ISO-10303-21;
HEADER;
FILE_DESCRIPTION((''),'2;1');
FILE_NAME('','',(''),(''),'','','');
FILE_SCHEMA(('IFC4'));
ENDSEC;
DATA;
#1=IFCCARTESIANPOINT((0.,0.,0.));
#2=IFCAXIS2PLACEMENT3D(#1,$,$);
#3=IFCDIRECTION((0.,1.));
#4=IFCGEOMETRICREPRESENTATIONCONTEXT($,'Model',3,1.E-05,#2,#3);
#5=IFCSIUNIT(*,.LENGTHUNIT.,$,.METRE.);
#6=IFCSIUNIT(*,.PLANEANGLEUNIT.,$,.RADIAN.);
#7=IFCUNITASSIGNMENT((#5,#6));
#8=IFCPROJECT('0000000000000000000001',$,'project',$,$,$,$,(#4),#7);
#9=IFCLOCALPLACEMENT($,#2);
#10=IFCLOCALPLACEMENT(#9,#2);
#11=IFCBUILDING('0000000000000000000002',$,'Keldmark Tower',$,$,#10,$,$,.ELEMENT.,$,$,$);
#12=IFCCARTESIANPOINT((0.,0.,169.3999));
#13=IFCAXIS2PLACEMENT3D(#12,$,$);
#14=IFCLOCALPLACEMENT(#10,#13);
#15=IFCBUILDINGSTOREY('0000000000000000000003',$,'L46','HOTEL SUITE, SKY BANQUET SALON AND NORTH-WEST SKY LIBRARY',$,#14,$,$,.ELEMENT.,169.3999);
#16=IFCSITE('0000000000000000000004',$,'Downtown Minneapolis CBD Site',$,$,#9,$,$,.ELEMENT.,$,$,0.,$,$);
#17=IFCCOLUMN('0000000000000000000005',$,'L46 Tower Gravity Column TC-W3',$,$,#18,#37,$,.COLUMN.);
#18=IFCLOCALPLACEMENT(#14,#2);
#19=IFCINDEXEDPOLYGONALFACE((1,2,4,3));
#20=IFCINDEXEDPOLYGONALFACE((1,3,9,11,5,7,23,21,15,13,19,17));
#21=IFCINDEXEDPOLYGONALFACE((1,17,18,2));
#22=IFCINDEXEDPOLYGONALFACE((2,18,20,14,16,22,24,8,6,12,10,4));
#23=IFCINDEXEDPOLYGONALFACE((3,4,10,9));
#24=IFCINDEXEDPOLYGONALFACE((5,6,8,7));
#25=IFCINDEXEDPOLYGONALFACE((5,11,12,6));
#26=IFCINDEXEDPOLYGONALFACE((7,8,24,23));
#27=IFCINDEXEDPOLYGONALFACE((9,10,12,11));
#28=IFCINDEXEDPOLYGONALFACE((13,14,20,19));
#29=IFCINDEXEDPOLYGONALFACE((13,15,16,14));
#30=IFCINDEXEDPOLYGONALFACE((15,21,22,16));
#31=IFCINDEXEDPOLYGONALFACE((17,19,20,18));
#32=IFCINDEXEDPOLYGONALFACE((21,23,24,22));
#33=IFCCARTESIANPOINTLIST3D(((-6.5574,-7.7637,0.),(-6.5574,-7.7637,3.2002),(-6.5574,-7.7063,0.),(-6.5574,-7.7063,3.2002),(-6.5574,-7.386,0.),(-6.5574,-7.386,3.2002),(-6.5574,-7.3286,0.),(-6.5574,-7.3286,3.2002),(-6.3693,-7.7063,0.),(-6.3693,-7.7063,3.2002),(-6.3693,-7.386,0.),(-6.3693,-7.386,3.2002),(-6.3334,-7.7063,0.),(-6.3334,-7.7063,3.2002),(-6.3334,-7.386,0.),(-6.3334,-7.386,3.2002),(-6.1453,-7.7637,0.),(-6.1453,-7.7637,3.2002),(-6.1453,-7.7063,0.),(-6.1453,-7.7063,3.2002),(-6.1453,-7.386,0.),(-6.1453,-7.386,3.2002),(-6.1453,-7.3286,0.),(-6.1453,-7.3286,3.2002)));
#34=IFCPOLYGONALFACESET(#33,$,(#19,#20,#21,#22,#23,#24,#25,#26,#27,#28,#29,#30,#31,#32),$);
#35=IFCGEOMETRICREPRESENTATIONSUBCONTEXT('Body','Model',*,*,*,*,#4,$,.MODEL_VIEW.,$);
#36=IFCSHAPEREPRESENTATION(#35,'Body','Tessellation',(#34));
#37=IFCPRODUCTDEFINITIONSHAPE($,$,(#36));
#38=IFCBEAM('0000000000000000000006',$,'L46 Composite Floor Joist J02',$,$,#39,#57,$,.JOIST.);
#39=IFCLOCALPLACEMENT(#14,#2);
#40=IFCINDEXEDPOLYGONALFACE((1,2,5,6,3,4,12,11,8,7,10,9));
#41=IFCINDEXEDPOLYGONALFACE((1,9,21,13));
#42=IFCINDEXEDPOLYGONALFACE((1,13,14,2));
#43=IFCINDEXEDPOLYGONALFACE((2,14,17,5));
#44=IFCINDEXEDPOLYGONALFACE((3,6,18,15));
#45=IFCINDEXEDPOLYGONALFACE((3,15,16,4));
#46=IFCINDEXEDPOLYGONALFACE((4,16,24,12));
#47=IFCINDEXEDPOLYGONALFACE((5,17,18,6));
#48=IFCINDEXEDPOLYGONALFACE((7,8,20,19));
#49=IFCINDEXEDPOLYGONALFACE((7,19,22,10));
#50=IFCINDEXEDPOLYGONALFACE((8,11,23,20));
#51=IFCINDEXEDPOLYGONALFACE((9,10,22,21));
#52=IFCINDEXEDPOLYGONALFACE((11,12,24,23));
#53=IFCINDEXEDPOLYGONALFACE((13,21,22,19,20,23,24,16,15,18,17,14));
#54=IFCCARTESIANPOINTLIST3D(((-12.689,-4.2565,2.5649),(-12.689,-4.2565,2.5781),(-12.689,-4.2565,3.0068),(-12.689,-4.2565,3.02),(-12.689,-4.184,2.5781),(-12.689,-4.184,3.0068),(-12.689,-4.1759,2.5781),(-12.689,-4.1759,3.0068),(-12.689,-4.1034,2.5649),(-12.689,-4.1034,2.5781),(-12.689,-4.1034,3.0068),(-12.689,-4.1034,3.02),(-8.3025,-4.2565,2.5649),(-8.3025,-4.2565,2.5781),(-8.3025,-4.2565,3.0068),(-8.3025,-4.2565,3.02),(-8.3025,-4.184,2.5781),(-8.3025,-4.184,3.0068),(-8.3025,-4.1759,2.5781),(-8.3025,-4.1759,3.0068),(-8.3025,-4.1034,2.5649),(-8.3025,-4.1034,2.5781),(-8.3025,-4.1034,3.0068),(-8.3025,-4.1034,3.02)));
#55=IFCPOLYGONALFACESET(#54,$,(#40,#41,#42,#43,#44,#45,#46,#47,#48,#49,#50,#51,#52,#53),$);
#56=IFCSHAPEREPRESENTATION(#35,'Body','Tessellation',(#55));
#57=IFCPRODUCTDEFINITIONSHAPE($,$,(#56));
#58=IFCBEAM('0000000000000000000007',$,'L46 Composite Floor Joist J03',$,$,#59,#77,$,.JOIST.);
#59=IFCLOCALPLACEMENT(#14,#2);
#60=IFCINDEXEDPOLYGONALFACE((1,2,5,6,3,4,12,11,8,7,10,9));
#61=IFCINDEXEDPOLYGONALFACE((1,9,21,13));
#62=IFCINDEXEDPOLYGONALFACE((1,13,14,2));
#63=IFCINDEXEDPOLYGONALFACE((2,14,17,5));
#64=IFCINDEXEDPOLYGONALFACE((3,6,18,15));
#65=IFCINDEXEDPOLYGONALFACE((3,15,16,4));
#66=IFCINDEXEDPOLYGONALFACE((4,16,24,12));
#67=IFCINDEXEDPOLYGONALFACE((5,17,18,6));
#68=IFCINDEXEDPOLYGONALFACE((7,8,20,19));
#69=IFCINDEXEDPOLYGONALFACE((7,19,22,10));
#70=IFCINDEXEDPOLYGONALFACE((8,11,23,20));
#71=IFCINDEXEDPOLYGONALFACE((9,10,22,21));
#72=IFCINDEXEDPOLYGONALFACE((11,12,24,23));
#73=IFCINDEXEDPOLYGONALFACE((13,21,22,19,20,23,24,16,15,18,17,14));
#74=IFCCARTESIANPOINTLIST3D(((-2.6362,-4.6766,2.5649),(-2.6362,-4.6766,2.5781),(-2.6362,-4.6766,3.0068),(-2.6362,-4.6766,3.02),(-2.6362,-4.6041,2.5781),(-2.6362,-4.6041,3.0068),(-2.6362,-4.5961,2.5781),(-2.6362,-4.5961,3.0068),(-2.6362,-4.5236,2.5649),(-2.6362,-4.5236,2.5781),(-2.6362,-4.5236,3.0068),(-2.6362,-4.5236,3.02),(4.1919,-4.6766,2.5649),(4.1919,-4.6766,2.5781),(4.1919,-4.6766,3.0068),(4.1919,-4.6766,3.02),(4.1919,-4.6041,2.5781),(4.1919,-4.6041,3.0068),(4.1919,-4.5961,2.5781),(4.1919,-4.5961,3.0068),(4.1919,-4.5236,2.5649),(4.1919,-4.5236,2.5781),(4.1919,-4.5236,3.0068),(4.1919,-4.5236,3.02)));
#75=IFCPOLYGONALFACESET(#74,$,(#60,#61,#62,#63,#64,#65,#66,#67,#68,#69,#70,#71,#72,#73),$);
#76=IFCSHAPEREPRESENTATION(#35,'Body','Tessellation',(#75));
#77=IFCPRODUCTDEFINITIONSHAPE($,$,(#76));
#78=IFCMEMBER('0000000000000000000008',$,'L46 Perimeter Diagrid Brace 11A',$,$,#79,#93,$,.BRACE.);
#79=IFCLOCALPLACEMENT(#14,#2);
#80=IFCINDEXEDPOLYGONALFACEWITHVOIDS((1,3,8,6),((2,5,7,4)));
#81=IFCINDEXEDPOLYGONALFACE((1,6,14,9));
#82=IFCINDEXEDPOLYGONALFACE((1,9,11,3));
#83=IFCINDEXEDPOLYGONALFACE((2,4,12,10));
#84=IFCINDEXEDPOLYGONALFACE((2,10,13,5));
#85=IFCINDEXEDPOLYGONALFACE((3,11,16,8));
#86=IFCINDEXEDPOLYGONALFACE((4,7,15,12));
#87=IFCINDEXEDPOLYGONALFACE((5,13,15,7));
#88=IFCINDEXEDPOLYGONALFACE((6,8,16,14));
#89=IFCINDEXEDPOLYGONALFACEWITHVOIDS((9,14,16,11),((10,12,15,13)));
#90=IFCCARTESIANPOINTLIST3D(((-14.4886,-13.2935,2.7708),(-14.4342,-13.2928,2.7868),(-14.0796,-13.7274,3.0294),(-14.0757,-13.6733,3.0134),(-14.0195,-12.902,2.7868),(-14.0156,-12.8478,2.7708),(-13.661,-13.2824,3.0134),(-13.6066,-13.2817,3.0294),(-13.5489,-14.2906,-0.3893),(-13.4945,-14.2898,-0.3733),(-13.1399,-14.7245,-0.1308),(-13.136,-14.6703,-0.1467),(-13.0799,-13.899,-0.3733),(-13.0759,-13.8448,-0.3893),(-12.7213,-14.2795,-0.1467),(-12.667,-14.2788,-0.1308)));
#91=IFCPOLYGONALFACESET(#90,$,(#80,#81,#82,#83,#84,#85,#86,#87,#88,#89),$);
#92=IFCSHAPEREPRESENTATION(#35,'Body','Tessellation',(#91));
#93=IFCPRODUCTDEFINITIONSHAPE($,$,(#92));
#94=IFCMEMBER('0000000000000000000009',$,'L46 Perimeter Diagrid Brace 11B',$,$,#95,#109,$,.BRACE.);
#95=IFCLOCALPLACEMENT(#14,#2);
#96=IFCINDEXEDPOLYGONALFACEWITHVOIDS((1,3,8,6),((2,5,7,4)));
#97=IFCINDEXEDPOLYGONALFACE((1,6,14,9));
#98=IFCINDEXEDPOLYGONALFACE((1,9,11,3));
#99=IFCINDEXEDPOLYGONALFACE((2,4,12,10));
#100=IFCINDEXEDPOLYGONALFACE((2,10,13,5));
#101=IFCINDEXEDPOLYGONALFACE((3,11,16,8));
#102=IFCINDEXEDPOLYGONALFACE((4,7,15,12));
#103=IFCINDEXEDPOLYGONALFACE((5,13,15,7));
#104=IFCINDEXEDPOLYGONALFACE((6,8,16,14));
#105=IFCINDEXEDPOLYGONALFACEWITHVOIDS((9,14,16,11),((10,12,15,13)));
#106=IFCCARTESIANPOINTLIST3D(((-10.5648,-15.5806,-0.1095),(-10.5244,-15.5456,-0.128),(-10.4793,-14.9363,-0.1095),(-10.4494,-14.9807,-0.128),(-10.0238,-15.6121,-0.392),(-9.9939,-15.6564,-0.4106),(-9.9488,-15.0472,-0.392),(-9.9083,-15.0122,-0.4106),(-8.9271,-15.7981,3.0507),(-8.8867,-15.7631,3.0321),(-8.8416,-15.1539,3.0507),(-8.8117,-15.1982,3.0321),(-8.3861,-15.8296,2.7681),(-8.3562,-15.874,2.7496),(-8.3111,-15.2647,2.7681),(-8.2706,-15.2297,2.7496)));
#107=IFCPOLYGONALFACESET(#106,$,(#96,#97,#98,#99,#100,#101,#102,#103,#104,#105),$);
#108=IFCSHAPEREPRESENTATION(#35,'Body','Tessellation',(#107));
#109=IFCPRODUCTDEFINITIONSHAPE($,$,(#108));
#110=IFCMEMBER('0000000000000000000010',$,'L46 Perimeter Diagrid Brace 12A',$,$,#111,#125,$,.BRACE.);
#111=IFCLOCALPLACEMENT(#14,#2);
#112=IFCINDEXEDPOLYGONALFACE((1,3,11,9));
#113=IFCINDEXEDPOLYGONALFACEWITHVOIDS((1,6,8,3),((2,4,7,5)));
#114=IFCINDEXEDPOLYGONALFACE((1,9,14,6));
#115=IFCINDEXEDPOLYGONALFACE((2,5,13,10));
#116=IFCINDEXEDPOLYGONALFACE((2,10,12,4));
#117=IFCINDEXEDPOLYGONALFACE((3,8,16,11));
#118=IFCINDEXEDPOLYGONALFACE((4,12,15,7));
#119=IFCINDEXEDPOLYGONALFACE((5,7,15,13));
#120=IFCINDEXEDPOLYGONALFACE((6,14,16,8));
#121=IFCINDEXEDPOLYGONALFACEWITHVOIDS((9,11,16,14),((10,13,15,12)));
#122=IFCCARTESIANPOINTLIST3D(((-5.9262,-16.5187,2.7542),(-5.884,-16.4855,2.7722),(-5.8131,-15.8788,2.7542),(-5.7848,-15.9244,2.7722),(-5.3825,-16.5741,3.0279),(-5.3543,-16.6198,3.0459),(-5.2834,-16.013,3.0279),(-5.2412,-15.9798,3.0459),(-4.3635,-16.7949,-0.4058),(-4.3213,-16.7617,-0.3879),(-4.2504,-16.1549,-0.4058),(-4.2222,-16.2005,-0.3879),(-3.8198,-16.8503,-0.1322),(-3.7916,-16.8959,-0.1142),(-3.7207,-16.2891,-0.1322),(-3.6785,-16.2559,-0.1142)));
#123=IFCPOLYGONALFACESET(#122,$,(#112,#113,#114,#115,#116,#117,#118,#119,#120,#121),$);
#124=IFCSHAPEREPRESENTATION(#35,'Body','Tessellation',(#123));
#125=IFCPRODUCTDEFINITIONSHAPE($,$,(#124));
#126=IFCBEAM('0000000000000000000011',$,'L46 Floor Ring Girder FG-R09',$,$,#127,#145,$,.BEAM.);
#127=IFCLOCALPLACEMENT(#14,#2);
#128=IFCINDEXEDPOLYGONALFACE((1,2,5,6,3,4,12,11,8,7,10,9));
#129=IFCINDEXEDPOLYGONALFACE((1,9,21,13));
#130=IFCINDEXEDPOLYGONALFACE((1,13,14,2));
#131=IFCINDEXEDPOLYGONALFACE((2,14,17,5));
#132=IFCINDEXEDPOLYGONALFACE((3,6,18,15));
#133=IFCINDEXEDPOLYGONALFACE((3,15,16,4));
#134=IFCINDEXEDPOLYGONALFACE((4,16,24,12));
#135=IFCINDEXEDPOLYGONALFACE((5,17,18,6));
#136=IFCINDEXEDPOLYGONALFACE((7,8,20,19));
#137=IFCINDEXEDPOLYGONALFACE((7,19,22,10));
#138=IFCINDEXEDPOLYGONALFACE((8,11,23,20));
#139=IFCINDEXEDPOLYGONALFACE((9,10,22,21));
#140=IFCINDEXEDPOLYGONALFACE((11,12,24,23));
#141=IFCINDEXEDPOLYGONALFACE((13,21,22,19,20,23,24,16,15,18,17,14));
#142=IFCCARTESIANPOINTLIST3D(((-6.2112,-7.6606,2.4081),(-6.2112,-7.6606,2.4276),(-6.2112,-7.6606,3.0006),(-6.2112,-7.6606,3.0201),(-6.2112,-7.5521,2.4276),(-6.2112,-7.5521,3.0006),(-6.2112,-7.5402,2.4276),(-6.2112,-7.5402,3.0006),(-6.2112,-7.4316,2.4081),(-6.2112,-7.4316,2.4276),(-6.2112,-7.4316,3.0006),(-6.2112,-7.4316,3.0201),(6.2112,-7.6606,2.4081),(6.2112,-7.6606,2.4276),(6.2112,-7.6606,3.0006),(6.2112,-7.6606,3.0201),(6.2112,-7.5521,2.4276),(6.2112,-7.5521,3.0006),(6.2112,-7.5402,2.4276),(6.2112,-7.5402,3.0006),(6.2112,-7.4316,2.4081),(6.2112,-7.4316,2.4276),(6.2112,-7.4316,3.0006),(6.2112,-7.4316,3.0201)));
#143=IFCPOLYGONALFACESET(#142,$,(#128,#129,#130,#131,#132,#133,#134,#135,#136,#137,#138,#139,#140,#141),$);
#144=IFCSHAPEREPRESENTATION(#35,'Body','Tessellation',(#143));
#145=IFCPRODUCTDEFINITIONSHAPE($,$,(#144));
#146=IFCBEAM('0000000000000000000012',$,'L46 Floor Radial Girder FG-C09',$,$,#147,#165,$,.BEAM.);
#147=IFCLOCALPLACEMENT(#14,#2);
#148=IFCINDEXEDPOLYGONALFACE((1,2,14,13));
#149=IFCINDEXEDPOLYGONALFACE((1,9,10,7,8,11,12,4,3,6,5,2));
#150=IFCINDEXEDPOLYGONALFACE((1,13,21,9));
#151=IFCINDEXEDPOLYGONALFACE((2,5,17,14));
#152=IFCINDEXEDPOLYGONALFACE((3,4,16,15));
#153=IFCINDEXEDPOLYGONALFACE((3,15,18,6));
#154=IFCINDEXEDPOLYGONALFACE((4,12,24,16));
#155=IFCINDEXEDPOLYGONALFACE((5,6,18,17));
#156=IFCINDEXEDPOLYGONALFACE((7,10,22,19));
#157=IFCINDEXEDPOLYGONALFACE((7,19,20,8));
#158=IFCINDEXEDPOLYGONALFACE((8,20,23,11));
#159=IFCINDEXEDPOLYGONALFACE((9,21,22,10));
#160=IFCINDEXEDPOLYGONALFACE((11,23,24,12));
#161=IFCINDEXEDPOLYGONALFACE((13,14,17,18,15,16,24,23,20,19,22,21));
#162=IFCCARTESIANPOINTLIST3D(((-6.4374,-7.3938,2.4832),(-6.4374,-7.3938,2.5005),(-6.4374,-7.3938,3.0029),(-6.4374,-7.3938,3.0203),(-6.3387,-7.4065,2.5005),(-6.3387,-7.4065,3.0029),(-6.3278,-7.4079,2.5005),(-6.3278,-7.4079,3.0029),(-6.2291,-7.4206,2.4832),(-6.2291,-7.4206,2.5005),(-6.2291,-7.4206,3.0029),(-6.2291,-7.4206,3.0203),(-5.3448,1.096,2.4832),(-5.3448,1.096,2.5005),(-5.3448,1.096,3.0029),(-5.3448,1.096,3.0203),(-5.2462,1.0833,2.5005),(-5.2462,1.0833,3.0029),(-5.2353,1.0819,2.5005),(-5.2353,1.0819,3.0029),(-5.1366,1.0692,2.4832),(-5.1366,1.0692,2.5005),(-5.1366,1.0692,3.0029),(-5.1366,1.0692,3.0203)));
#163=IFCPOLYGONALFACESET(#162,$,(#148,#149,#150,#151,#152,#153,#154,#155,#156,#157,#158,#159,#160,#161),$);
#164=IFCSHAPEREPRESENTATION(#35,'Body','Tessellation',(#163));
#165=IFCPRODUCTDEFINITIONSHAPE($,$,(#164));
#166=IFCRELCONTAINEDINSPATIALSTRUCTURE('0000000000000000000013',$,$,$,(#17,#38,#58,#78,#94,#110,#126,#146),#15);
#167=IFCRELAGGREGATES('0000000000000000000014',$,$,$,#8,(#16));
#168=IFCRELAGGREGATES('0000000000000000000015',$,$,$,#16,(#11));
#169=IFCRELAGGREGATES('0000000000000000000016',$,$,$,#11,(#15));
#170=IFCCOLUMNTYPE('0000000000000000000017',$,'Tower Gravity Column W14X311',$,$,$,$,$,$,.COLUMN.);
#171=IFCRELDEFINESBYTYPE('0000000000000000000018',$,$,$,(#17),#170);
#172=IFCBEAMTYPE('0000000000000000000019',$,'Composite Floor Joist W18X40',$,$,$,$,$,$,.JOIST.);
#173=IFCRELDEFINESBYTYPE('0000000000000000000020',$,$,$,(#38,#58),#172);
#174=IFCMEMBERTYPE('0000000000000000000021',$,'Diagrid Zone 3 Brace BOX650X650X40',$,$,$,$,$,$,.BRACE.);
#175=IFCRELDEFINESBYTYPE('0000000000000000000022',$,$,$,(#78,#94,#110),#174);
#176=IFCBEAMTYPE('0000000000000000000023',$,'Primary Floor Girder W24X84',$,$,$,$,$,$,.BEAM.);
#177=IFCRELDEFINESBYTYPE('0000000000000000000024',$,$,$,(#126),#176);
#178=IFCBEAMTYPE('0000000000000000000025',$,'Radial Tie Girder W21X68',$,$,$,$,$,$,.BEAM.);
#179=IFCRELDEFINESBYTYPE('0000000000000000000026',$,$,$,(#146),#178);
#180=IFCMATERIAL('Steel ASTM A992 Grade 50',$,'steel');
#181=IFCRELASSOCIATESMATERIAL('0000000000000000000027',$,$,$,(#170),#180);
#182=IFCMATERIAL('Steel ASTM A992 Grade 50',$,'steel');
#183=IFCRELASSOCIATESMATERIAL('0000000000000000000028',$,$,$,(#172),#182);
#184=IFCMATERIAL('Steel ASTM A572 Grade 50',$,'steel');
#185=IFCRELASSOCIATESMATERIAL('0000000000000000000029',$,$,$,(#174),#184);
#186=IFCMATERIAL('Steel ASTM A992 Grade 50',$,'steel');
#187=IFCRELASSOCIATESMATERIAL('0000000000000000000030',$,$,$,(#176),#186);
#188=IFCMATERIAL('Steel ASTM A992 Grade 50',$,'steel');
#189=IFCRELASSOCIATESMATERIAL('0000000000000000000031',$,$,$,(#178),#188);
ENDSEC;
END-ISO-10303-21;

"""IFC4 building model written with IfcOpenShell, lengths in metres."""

from ifc_helpers import new_model, si_unit, direction, frame, origin, origin_2d, place, context, subcontext, project, spatial, hollow_rectangle, i_section, extrude, material, material_profile, profile_set, type_object, element, save


model = new_model("IFC4")

# Units and contexts
model_context = context("Model", 3, precision=1e-05, world=origin(), true_north=direction((0.0, 1.0)))
body_context = subcontext(model_context, "Body", "Model", "MODEL_VIEW")
ifc_project = project(units=[si_unit("LENGTHUNIT", "METRE"), si_unit("PLANEANGLEUNIT", "RADIAN")], contexts=[model_context])

# Site, building, storey
site_placement = place(None, origin())
site = spatial("IfcSite", under=ifc_project, at=site_placement, Name="Downtown Minneapolis CBD Site", CompositionType="ELEMENT", RefElevation=0.0)
building_placement = place(site_placement, origin())
building = spatial("IfcBuilding", under=site, at=building_placement, Name="Keldmark Tower", CompositionType="ELEMENT")
storey_placement = place(building_placement, frame((0.0, 0.0, 169.3999)))
storey = spatial("IfcBuildingStorey", under=building, at=storey_placement, Name="L46", Description="HOTEL SUITE, SKY BANQUET SALON AND NORTH-WEST SKY LIBRARY", CompositionType="ELEMENT", Elevation=169.3999)

# Column
ifc_material_1 = material(Name="Steel ASTM A992 Grade 50", Category="steel")
ifc_material_profile_1 = material_profile(ifc_material_1, i_section(OverallWidth=0.4121, OverallDepth=0.4351, WebThickness=0.0359, FlangeThickness=0.0574, at=origin_2d()), Name="W14X311")
ifc_profile_set_1 = profile_set([ifc_material_profile_1], Name="Steel ASTM A992 Grade 50")
column_type = type_object("IfcColumnType", Name="Tower Gravity Column W14X311", PredefinedType="COLUMN", material=ifc_profile_set_1)
column_placement = place(storey_placement, frame((-6.3513, -7.5461, 0.0), z_axis=(0.0, 0.0, 1.0), x_axis=(1.0, 0.0, 0.0)))
element("IfcColumn", 1, at=column_placement, inside=storey, type_object=column_type, Name="L46 Tower Gravity Column TC-W3", PredefinedType="COLUMN", context=body_context, shape_type="SweptSolid", body=[
    extrude(i_section(OverallWidth=0.4121, OverallDepth=0.4351, WebThickness=0.0359, FlangeThickness=0.0574, at=origin_2d()), origin(), (0.0, 0.0, 1.0), 3.2002),
])

# Beams
ifc_material_2 = material(Name="Steel ASTM A992 Grade 50", Category="steel")
ifc_material_profile_2 = material_profile(ifc_material_2, i_section(OverallWidth=0.1531, OverallDepth=0.4551, WebThickness=0.0081, FlangeThickness=0.0132, at=origin_2d()), Name="W18X40")
ifc_profile_set_2 = profile_set([ifc_material_profile_2], Name="Steel ASTM A992 Grade 50")
beam_type_1 = type_object("IfcBeamType", Name="Composite Floor Joist W18X40", PredefinedType="JOIST", material=ifc_profile_set_2)
beam_1_placement = place(storey_placement, frame((-12.689, -4.1799, 2.7925), z_axis=(1.0, 0.0, 0.0), x_axis=(0.0, 1.0, 0.0)))
element("IfcBeam", 2, at=beam_1_placement, inside=storey, type_object=beam_type_1, Name="L46 Composite Floor Joist J02", PredefinedType="JOIST", context=body_context, shape_type="SweptSolid", body=[
    extrude(i_section(OverallWidth=0.1531, OverallDepth=0.4551, WebThickness=0.0081, FlangeThickness=0.0132, at=origin_2d()), origin(), (0.0, 0.0, 1.0), 4.3865),
])
beam_2_placement = place(storey_placement, frame((-2.6362, -4.6001, 2.7925), z_axis=(1.0, 0.0, 0.0), x_axis=(0.0, 1.0, 0.0)))
element("IfcBeam", 3, at=beam_2_placement, inside=storey, type_object=beam_type_1, Name="L46 Composite Floor Joist J03", PredefinedType="JOIST", context=body_context, shape_type="SweptSolid", body=[
    extrude(i_section(OverallWidth=0.1531, OverallDepth=0.4551, WebThickness=0.0081, FlangeThickness=0.0132, at=origin_2d()), origin(), (0.0, 0.0, 1.0), 6.8281),
])

# Members
ifc_material_3 = material(Name="Steel ASTM A572 Grade 50", Category="steel")
ifc_material_profile_3 = material_profile(ifc_material_3, hollow_rectangle(XDim=0.6499, YDim=0.6499, WallThickness=0.04, at=origin_2d()), Name="BOX650X650X40")
ifc_profile_set_3 = profile_set([ifc_material_profile_3], Name="Steel ASTM A572 Grade 50")
member_type = type_object("IfcMemberType", Name="Diagrid Zone 3 Brace BOX650X650X40", PredefinedType="BRACE", material=ifc_profile_set_3)
member_1_placement = place(storey_placement, frame((-13.1079, -14.2847, -0.26), z_axis=(-0.27282, 0.289477, 0.917481), x_axis=(-0.727734, -0.685859, 0.0)))
element("IfcMember", 4, at=member_1_placement, inside=storey, type_object=member_type, Name="L46 Perimeter Diagrid Brace 11A", PredefinedType="BRACE", context=body_context, shape_type="SweptSolid", body=[
    extrude(hollow_rectangle(XDim=0.6499, YDim=0.6499, WallThickness=0.04, at=origin_2d()), origin(), (0.0, 0.0, 1.0), 3.4443),
])
member_2_placement = place(storey_placement, frame((-10.2366, -15.2964, -0.26), z_axis=(0.45926, -0.061002, 0.886205), x_axis=(0.13167, 0.991294, 0.0)))
element("IfcMember", 5, at=member_2_placement, inside=storey, type_object=member_type, Name="L46 Perimeter Diagrid Brace 11B", PredefinedType="BRACE", context=body_context, shape_type="SweptSolid", body=[
    extrude(hollow_rectangle(XDim=0.6499, YDim=0.6499, WallThickness=0.04, at=origin_2d()), origin(), (0.0, 0.0, 1.0), 3.5659),
])
member_3_placement = place(storey_placement, frame((-4.021, -16.5254, -0.26), z_axis=(-0.441922, 0.078084, 0.893648), x_axis=(-0.173996, -0.984746, 0.0)))
element("IfcMember", 6, at=member_3_placement, inside=storey, type_object=member_type, Name="L46 Perimeter Diagrid Brace 12A", PredefinedType="BRACE", context=body_context, shape_type="SweptSolid", body=[
    extrude(hollow_rectangle(XDim=0.6499, YDim=0.6499, WallThickness=0.04, at=origin_2d()), origin(), (0.0, 0.0, 1.0), 3.5361),
])

# Beams
ifc_material_4 = material(Name="Steel ASTM A992 Grade 50", Category="steel")
ifc_material_profile_4 = material_profile(ifc_material_4, i_section(OverallWidth=0.229, OverallDepth=0.6121, WebThickness=0.012, FlangeThickness=0.0195, at=origin_2d()), Name="W24X84")
ifc_profile_set_4 = profile_set([ifc_material_profile_4], Name="Steel ASTM A992 Grade 50")
beam_type_2 = type_object("IfcBeamType", Name="Primary Floor Girder W24X84", PredefinedType="BEAM", material=ifc_profile_set_4)
beam_3_placement = place(storey_placement, frame((-6.2112, -7.5461, 2.7141), z_axis=(1.0, 0.0, 0.0), x_axis=(0.0, 1.0, 0.0)))
element("IfcBeam", 7, at=beam_3_placement, inside=storey, type_object=beam_type_2, Name="L46 Floor Ring Girder FG-R09", PredefinedType="BEAM", context=body_context, shape_type="SweptSolid", body=[
    extrude(i_section(OverallWidth=0.229, OverallDepth=0.6121, WebThickness=0.012, FlangeThickness=0.0195, at=origin_2d()), origin(), (0.0, 0.0, 1.0), 12.4224),
])
ifc_material_5 = material(Name="Steel ASTM A992 Grade 50", Category="steel")
ifc_material_profile_5 = material_profile(ifc_material_5, i_section(OverallWidth=0.21, OverallDepth=0.5371, WebThickness=0.011, FlangeThickness=0.0173, at=origin_2d()), Name="W21X68")
ifc_profile_set_5 = profile_set([ifc_material_profile_5], Name="Steel ASTM A992 Grade 50")
beam_type_3 = type_object("IfcBeamType", Name="Radial Tie Girder W21X68", PredefinedType="BEAM", material=ifc_profile_set_5)
beam_4_placement = place(storey_placement, frame((-6.3333, -7.4072, 2.7517), z_axis=(0.127636, 0.991821, 0.0), x_axis=(-0.991821, 0.127636, 0.0)))
element("IfcBeam", 8, at=beam_4_placement, inside=storey, type_object=beam_type_3, Name="L46 Floor Radial Girder FG-C09", PredefinedType="BEAM", context=body_context, shape_type="SweptSolid", body=[
    extrude(i_section(OverallWidth=0.21, OverallDepth=0.5371, WebThickness=0.011, FlangeThickness=0.0173, at=origin_2d()), origin(), (0.0, 0.0, 1.0), 8.5598),
])

save(model, "model.ifc")
